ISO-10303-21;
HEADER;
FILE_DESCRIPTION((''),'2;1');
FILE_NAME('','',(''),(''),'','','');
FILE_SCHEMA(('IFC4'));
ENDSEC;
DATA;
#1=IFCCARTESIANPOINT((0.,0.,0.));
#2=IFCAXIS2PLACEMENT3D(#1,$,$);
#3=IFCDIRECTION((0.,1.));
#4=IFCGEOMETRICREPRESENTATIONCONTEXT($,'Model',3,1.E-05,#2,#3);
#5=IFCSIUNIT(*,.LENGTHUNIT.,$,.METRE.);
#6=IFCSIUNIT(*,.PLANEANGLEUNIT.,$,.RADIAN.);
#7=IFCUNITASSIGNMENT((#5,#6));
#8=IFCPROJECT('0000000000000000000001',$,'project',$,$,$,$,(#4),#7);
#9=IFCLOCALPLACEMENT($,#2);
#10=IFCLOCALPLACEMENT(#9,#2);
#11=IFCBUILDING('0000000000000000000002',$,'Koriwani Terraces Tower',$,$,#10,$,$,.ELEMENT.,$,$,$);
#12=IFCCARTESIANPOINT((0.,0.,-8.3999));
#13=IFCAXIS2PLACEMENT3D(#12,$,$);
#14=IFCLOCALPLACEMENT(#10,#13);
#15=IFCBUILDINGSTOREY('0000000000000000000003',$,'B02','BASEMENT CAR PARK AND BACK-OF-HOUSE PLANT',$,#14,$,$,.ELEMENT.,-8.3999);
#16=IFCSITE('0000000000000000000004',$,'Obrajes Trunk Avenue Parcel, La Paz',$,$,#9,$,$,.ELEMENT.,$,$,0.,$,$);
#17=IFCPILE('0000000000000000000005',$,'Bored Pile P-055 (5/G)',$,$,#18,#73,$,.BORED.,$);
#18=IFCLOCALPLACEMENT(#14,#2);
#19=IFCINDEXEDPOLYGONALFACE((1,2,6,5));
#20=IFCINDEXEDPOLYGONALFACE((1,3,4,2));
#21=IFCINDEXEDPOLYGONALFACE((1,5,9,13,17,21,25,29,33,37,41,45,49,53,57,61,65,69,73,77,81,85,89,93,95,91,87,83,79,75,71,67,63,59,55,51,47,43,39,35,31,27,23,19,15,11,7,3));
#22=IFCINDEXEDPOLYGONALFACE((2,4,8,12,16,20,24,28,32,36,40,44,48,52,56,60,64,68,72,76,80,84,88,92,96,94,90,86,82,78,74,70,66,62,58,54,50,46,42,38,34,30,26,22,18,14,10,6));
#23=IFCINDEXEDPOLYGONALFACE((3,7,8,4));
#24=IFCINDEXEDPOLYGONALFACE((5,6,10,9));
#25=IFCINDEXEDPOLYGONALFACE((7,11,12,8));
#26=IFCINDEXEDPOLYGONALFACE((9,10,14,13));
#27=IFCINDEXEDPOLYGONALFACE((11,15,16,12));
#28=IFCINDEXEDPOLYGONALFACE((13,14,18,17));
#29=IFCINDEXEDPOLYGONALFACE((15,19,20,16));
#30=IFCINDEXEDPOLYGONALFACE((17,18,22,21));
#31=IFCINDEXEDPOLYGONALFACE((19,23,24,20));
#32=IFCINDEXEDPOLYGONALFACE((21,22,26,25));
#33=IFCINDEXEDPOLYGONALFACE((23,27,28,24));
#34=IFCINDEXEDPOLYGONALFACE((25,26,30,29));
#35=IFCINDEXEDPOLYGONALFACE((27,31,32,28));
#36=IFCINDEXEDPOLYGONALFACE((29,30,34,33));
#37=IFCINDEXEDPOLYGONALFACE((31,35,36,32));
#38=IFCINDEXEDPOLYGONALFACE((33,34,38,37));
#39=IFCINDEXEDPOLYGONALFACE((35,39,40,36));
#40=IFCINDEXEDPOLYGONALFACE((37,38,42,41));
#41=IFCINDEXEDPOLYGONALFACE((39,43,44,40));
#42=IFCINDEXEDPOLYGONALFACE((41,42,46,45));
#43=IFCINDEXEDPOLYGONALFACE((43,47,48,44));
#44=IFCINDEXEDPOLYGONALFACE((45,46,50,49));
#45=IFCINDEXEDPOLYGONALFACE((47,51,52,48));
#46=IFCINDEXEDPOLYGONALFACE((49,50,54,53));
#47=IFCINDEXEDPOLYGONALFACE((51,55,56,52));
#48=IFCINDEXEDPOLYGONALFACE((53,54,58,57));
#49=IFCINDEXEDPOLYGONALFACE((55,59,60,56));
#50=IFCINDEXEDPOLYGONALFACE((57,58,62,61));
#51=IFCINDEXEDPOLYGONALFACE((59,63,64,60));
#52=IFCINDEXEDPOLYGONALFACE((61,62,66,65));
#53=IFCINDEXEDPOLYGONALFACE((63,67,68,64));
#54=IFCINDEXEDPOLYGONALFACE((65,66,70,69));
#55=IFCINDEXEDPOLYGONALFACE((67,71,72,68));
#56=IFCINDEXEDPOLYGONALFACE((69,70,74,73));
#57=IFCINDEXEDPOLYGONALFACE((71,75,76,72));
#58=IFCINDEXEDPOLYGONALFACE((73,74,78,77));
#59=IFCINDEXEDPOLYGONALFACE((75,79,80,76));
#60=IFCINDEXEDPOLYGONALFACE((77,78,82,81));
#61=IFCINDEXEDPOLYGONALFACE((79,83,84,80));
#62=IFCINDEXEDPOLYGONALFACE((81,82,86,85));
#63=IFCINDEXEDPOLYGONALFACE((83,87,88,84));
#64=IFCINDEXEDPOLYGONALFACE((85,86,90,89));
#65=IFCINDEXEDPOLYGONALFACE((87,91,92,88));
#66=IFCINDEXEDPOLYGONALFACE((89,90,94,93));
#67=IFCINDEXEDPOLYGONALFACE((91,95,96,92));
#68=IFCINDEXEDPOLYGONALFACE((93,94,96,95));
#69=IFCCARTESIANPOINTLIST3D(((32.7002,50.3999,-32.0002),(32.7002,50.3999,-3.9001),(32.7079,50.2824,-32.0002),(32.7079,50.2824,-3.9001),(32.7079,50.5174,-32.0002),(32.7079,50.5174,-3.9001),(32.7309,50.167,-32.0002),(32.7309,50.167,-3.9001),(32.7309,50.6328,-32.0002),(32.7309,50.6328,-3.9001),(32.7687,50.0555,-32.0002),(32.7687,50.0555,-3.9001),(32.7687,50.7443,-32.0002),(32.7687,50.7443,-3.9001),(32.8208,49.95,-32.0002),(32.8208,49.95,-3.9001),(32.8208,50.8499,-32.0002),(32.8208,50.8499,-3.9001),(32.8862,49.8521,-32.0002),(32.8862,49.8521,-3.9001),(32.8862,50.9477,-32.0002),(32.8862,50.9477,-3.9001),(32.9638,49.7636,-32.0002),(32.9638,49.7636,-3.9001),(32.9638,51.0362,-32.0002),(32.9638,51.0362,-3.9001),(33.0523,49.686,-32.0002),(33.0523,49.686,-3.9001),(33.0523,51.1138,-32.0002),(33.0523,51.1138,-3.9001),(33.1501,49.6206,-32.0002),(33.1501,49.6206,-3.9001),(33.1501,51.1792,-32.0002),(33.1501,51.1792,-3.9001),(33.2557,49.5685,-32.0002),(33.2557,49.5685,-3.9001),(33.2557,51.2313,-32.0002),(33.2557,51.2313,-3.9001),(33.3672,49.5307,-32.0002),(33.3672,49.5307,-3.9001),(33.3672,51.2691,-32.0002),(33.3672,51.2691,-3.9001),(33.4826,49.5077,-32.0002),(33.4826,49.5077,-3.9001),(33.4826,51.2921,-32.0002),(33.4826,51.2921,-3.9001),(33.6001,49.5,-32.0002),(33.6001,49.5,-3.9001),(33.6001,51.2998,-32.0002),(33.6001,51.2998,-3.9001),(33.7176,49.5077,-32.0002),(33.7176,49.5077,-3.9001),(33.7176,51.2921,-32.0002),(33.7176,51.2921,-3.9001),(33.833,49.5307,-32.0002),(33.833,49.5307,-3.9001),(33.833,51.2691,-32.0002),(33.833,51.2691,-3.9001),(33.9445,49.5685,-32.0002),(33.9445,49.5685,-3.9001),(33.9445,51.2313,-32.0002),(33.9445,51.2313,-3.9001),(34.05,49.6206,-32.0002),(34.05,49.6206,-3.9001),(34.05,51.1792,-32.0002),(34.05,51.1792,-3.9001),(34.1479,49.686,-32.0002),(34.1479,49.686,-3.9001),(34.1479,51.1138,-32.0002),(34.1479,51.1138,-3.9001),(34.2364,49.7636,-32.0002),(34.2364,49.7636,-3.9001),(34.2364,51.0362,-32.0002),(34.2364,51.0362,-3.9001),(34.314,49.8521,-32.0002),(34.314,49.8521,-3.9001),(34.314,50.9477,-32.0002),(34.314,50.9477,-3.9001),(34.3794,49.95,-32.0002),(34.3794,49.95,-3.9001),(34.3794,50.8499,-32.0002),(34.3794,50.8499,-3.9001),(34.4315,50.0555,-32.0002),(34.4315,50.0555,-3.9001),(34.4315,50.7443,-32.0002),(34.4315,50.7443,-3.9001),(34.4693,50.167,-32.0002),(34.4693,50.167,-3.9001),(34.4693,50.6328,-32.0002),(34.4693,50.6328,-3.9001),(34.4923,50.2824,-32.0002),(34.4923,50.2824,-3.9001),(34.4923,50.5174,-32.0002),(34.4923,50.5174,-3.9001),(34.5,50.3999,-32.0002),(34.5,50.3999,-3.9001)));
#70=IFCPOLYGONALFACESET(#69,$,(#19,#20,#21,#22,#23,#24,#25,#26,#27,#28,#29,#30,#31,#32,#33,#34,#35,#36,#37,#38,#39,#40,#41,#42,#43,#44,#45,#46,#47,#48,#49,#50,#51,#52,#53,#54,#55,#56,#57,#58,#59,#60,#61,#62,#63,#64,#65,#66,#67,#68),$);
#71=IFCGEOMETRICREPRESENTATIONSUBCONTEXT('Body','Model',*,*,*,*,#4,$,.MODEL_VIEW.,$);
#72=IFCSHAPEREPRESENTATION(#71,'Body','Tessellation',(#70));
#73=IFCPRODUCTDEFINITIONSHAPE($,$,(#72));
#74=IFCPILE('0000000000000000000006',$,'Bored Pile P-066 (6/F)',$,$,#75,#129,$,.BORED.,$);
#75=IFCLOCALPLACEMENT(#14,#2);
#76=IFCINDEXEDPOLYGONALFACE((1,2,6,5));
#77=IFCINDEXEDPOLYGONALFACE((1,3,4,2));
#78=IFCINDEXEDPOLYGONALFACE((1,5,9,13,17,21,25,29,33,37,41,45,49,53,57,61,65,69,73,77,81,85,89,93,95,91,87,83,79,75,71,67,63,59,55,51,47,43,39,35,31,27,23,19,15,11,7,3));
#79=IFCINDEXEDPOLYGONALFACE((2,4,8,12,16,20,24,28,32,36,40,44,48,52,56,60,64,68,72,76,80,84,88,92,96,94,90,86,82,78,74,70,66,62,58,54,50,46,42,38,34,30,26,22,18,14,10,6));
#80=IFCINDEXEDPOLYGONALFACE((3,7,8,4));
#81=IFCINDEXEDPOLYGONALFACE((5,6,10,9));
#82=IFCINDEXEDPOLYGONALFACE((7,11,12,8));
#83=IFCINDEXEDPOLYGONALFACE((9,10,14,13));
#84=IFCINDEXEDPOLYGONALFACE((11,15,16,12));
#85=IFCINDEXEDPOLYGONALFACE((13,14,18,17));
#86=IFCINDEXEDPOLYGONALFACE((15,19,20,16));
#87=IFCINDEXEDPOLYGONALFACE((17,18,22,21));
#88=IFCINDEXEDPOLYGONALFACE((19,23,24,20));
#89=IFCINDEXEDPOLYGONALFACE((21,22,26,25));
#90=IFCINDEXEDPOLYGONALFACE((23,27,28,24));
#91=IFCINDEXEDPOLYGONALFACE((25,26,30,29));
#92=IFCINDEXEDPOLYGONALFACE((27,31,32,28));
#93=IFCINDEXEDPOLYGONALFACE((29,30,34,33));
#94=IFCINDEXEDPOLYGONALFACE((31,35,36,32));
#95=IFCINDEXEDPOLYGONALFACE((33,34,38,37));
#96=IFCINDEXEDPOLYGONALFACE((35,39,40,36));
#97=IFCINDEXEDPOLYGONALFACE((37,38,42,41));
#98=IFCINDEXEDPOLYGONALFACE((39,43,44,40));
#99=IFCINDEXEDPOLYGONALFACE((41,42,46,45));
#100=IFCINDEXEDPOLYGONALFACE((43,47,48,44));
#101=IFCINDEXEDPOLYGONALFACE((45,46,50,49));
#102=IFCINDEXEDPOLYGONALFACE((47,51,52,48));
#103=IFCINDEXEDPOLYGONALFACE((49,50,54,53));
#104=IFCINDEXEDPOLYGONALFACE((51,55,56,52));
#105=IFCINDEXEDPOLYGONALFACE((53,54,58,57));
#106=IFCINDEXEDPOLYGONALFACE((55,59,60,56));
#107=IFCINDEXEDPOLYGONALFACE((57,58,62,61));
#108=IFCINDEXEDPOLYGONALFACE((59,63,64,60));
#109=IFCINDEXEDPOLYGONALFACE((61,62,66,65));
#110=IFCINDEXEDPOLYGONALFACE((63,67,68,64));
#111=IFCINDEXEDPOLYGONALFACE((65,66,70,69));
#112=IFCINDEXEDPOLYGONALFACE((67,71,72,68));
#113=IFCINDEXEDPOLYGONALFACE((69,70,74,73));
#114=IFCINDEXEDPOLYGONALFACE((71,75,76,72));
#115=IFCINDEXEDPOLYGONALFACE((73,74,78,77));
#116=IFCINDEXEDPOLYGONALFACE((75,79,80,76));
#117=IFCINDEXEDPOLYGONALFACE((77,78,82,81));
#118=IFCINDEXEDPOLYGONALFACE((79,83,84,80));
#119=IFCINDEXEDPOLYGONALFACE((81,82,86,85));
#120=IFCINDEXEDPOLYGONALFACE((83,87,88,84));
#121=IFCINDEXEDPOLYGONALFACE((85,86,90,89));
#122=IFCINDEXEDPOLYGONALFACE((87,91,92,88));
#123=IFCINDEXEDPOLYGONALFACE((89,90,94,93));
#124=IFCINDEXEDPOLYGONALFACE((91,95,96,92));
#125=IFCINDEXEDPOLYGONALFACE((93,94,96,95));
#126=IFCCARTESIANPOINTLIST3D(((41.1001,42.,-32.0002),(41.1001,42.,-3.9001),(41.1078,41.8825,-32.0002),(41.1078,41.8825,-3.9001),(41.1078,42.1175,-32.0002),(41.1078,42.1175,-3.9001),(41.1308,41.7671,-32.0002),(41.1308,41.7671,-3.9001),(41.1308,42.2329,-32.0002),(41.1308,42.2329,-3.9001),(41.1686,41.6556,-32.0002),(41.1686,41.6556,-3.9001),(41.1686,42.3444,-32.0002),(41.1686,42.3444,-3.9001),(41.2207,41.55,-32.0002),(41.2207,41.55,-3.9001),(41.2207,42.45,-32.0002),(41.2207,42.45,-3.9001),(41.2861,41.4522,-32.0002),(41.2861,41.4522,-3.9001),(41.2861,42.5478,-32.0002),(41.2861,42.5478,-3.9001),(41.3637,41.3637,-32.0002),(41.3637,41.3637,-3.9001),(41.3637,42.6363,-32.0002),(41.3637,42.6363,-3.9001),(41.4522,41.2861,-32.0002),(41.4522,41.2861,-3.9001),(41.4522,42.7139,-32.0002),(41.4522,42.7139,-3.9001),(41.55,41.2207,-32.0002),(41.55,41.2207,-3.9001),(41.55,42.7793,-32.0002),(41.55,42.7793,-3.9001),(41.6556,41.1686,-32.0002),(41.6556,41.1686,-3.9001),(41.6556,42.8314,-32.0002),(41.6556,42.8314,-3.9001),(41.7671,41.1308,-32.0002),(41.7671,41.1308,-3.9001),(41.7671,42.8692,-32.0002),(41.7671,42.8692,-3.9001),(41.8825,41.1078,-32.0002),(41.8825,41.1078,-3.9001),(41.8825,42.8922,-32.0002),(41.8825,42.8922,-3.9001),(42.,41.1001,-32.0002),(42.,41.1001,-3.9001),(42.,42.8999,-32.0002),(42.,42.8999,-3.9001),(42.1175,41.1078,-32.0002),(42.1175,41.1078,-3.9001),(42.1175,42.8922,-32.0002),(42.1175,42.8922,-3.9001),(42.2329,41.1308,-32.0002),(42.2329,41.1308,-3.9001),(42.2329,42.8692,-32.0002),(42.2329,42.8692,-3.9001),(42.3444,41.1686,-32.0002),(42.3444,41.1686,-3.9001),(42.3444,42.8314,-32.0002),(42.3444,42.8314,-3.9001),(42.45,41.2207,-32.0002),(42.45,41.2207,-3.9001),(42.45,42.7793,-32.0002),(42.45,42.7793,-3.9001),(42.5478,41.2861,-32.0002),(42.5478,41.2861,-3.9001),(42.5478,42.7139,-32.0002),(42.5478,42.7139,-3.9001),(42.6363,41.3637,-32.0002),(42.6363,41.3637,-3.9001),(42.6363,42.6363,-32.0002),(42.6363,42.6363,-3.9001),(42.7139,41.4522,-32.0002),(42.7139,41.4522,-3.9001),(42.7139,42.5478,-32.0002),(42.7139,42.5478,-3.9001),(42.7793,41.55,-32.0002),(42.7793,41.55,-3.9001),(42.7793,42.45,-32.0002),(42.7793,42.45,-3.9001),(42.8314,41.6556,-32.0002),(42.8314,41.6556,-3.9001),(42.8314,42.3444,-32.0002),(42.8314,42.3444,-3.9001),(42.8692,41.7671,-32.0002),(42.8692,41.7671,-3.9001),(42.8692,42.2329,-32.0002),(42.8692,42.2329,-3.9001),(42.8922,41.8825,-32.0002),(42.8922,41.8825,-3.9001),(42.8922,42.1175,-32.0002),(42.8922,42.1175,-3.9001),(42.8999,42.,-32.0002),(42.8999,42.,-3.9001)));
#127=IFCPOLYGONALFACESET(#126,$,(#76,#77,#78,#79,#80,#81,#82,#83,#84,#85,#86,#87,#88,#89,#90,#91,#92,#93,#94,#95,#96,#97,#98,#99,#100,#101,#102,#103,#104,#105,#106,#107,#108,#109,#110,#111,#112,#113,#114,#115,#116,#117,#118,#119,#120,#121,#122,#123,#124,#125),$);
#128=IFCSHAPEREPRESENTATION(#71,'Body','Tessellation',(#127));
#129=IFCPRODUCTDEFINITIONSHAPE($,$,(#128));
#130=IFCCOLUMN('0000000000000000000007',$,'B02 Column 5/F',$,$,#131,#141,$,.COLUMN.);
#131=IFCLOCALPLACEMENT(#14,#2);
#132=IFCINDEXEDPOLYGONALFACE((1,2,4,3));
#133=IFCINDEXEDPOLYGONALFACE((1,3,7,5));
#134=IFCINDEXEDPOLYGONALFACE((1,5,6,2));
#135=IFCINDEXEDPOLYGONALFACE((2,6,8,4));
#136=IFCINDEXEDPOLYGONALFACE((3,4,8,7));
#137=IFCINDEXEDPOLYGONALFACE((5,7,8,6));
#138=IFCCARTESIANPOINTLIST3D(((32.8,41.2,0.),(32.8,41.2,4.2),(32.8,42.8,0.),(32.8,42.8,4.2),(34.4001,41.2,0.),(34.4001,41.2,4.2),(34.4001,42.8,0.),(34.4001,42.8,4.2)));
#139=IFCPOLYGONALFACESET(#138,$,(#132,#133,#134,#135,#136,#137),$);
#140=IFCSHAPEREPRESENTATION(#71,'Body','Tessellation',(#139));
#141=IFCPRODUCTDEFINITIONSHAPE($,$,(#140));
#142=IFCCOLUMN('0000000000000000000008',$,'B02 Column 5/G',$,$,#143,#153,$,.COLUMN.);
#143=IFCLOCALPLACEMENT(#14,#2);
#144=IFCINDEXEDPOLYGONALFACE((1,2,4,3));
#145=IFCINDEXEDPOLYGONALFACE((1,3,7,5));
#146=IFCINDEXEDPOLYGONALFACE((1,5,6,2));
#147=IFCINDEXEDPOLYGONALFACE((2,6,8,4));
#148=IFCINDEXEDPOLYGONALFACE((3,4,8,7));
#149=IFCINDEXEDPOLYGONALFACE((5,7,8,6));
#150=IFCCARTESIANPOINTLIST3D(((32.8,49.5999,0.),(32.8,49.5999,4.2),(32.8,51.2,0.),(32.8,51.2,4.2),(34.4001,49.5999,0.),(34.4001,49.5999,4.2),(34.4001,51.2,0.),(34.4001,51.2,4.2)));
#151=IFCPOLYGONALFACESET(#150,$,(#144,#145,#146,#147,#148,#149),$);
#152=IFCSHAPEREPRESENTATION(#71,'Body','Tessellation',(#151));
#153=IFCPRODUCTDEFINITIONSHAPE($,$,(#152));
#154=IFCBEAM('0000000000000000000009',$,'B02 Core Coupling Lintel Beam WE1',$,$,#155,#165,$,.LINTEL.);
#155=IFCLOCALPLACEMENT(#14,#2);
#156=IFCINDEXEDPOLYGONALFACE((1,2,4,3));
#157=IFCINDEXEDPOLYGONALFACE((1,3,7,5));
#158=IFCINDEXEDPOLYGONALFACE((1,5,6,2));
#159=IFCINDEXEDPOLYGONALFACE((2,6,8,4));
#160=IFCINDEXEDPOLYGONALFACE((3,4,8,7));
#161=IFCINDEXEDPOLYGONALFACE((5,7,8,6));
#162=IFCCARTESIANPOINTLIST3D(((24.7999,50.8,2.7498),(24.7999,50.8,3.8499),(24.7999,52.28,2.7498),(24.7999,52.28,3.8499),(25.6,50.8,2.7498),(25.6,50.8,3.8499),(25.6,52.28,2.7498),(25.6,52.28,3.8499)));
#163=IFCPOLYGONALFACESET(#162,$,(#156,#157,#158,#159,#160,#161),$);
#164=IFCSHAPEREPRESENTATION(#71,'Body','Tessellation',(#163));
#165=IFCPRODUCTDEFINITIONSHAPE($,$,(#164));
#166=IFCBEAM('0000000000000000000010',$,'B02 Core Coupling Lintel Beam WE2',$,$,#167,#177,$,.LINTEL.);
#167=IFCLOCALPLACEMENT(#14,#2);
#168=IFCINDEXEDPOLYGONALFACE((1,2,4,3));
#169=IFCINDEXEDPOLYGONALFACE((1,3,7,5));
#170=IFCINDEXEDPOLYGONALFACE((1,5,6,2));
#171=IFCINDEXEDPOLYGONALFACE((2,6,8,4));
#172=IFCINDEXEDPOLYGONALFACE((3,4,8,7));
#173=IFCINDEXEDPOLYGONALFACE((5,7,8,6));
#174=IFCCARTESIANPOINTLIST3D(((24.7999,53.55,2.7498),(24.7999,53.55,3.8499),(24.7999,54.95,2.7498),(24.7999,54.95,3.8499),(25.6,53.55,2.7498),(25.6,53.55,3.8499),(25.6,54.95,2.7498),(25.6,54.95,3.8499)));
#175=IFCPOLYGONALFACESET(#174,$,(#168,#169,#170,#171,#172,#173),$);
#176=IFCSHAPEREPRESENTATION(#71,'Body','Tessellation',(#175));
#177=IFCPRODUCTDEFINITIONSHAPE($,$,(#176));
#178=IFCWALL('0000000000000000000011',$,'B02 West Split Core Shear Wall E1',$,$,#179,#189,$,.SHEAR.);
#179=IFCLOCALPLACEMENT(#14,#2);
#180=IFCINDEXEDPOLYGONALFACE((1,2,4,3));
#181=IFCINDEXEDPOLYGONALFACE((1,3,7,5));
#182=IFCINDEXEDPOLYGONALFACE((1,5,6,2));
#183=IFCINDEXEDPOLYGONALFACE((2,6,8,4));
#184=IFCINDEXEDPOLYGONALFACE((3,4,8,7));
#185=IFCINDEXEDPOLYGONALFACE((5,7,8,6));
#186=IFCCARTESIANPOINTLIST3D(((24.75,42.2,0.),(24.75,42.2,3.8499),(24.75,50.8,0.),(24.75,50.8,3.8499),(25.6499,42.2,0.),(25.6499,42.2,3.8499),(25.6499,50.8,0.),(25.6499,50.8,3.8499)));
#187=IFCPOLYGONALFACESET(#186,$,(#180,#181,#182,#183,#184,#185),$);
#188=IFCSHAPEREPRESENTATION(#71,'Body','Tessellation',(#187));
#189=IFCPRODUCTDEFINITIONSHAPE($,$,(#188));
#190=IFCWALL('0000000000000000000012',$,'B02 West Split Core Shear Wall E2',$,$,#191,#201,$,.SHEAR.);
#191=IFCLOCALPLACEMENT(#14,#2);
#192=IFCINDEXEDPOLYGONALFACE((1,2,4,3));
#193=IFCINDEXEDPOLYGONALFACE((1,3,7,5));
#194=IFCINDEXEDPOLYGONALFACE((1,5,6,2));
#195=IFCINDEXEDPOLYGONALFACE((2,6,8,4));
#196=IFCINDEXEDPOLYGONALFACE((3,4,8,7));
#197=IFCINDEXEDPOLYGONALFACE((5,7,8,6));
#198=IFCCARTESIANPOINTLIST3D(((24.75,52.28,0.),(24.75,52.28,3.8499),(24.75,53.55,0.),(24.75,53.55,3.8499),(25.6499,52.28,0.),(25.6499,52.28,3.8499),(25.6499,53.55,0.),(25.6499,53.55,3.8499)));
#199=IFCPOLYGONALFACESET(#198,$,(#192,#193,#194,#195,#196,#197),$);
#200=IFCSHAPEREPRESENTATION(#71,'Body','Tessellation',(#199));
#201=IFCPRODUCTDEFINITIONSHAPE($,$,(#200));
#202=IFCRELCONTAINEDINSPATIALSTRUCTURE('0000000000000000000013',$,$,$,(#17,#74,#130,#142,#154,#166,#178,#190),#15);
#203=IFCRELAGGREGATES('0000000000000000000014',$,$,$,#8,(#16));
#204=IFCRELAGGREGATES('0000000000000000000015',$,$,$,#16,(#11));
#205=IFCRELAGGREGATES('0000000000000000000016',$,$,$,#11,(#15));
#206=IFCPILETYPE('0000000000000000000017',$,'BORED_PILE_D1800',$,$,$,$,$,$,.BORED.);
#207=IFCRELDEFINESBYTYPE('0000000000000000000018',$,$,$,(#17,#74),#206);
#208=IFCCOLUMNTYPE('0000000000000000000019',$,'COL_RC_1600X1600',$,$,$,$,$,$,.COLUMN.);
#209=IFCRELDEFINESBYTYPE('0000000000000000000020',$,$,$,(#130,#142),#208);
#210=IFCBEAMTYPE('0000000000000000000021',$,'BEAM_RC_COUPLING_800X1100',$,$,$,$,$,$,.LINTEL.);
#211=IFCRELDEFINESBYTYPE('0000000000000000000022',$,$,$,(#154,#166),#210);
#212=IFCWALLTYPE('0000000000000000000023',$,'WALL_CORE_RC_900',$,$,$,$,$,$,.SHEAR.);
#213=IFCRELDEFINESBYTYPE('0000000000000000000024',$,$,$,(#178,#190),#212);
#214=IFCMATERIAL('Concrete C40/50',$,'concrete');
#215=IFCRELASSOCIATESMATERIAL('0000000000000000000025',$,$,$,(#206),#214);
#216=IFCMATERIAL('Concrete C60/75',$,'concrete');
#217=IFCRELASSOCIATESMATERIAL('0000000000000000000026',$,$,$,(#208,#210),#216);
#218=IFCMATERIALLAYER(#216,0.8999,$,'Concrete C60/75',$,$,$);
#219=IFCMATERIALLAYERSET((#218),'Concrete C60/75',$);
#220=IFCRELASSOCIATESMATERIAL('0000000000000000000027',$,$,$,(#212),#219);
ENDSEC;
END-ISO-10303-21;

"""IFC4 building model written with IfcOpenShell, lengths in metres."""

from ifc_helpers import new_model, si_unit, direction, frame, frame_2d, origin, origin_2d, place, context, subcontext, project, spatial, rectangle, circle, extrude, material, layer, layer_set, material_profile, profile_set, type_object, element, save


model = new_model("IFC4")

# Units and contexts
model_context = context("Model", 3, precision=1e-05, world=origin(), true_north=direction((0.0, 1.0)))
body_context = subcontext(model_context, "Body", "Model", "MODEL_VIEW")
ifc_project = project(units=[si_unit("LENGTHUNIT", "METRE"), si_unit("PLANEANGLEUNIT", "RADIAN")], contexts=[model_context])

# Site, building, storey
site_placement = place(None, origin())
site = spatial("IfcSite", under=ifc_project, at=site_placement, Name="Obrajes Trunk Avenue Parcel, La Paz", CompositionType="ELEMENT", RefElevation=0.0)
building_placement = place(site_placement, origin())
building = spatial("IfcBuilding", under=site, at=building_placement, Name="Koriwani Terraces Tower", CompositionType="ELEMENT")
storey_placement = place(building_placement, frame((0.0, 0.0, -8.3999)))
storey = spatial("IfcBuildingStorey", under=building, at=storey_placement, Name="B02", Description="BASEMENT CAR PARK AND BACK-OF-HOUSE PLANT", CompositionType="ELEMENT", Elevation=-8.3999)

# Piles
ifc_material_1 = material(Name="Concrete C40/50", Category="concrete")
ifc_material_profile_1 = material_profile(ifc_material_1, circle(Radius=0.8999, at=origin_2d()), Name="Concrete C40/50")
ifc_profile_set_1 = profile_set([ifc_material_profile_1], Name="Concrete C40/50")
pile_type = type_object("IfcPileType", Name="BORED_PILE_D1800", PredefinedType="BORED", material=ifc_profile_set_1)
for number, where, z_axis, x_axis, name in (
    (1, (33.6001, 50.3999, -3.9001), (0.0, 0.0, -1.0), (1.0, 0.0, 0.0), "Bored Pile P-055 (5/G)"),
    (2, (42.0, 42.0, -3.9001), (0.0, 0.0, -1.0), (1.0, 0.0, 0.0), "Bored Pile P-066 (6/F)"),
):
    element("IfcPile", number, at=place(storey_placement, frame(where, z_axis=z_axis, x_axis=x_axis)), inside=storey, type_object=pile_type, Name=name, PredefinedType="BORED", context=body_context, shape_type="SweptSolid", body=[
        extrude(circle(Radius=0.8999, at=origin_2d()), origin(), (0.0, 0.0, 1.0), 28.1001),
    ])

# Columns
ifc_material_2 = material(Name="Concrete C60/75", Category="concrete")
ifc_material_profile_2 = material_profile(ifc_material_2, rectangle(XDim=1.6001, YDim=1.6001, at=origin_2d()), Name="Concrete C60/75", Category="LoadBearing")
ifc_profile_set_2 = profile_set([ifc_material_profile_2], Name="Concrete C60/75")
column_type = type_object("IfcColumnType", Name="COL_RC_1600X1600", PredefinedType="COLUMN", material=ifc_profile_set_2)
for number, where, z_axis, x_axis, name in (
    (3, (33.6001, 42.0, 0.0), (0.0, 0.0, 1.0), (1.0, 0.0, 0.0), "B02 Column 5/F"),
    (4, (33.6001, 50.3999, 0.0), (0.0, 0.0, 1.0), (1.0, 0.0, 0.0), "B02 Column 5/G"),
):
    element("IfcColumn", number, at=place(storey_placement, frame(where, z_axis=z_axis, x_axis=x_axis)), inside=storey, type_object=column_type, Name=name, PredefinedType="COLUMN", context=body_context, shape_type="SweptSolid", body=[
        extrude(rectangle(XDim=1.6001, YDim=1.6001, at=origin_2d()), origin(), (0.0, 0.0, 1.0), 4.2),
    ])

# Beams
ifc_material_profile_3 = material_profile(ifc_material_2, rectangle(XDim=0.8, YDim=1.1001, at=origin_2d()), Name="Concrete C60/75", Category="LoadBearing")
ifc_profile_set_3 = profile_set([ifc_material_profile_3], Name="Concrete C60/75")
beam_type = type_object("IfcBeamType", Name="BEAM_RC_COUPLING_800X1100", PredefinedType="LINTEL", material=ifc_profile_set_3)
beam_1_placement = place(storey_placement, frame((25.2, 50.8, 3.2998), z_axis=(0.0, 1.0, 0.0), x_axis=(-1.0, 0.0, 0.0)))
element("IfcBeam", 5, at=beam_1_placement, inside=storey, type_object=beam_type, Name="B02 Core Coupling Lintel Beam WE1", PredefinedType="LINTEL", context=body_context, shape_type="SweptSolid", body=[
    extrude(rectangle(XDim=0.8, YDim=1.1001, at=origin_2d()), origin(), (0.0, 0.0, 1.0), 1.48),
])
beam_2_placement = place(storey_placement, frame((25.2, 53.55, 3.2998), z_axis=(0.0, 1.0, 0.0), x_axis=(-1.0, 0.0, 0.0)))
element("IfcBeam", 6, at=beam_2_placement, inside=storey, type_object=beam_type, Name="B02 Core Coupling Lintel Beam WE2", PredefinedType="LINTEL", context=body_context, shape_type="SweptSolid", body=[
    extrude(rectangle(XDim=0.8, YDim=1.1001, at=origin_2d()), origin(), (0.0, 0.0, 1.0), 1.3999),
])

# Walls
ifc_layer_1 = layer(ifc_material_2, 0.8999, Name="Concrete C60/75")
ifc_layer_set_1 = layer_set([ifc_layer_1], Name="Concrete C60/75")
wall_type_1 = type_object("IfcWallType", Name="WALL_CORE_RC_900", PredefinedType="SHEAR", material=ifc_layer_set_1)
wall_1_placement = place(storey_placement, frame((25.2, 42.2, 0.0), z_axis=(0.0, 0.0, 1.0), x_axis=(0.0, 1.0, 0.0)))
element("IfcWall", 7, at=wall_1_placement, inside=storey, type_object=wall_type_1, Name="B02 West Split Core Shear Wall E1", PredefinedType="SHEAR", context=body_context, shape_type="SweptSolid", body=[
    extrude(rectangle(XDim=8.6001, YDim=0.8999, at=frame_2d((4.3, 0.0))), origin(), (0.0, 0.0, 1.0), 3.8499),
])
wall_2_placement = place(storey_placement, frame((25.2, 52.28, 0.0), z_axis=(0.0, 0.0, 1.0), x_axis=(0.0, 1.0, 0.0)))
element("IfcWall", 8, at=wall_2_placement, inside=storey, type_object=wall_type_1, Name="B02 West Split Core Shear Wall E2", PredefinedType="SHEAR", context=body_context, shape_type="SweptSolid", body=[
    extrude(rectangle(XDim=1.27, YDim=0.8999, at=frame_2d((0.635, 0.0))), origin(), (0.0, 0.0, 1.0), 3.8499),
])

save(model, "model.ifc")
